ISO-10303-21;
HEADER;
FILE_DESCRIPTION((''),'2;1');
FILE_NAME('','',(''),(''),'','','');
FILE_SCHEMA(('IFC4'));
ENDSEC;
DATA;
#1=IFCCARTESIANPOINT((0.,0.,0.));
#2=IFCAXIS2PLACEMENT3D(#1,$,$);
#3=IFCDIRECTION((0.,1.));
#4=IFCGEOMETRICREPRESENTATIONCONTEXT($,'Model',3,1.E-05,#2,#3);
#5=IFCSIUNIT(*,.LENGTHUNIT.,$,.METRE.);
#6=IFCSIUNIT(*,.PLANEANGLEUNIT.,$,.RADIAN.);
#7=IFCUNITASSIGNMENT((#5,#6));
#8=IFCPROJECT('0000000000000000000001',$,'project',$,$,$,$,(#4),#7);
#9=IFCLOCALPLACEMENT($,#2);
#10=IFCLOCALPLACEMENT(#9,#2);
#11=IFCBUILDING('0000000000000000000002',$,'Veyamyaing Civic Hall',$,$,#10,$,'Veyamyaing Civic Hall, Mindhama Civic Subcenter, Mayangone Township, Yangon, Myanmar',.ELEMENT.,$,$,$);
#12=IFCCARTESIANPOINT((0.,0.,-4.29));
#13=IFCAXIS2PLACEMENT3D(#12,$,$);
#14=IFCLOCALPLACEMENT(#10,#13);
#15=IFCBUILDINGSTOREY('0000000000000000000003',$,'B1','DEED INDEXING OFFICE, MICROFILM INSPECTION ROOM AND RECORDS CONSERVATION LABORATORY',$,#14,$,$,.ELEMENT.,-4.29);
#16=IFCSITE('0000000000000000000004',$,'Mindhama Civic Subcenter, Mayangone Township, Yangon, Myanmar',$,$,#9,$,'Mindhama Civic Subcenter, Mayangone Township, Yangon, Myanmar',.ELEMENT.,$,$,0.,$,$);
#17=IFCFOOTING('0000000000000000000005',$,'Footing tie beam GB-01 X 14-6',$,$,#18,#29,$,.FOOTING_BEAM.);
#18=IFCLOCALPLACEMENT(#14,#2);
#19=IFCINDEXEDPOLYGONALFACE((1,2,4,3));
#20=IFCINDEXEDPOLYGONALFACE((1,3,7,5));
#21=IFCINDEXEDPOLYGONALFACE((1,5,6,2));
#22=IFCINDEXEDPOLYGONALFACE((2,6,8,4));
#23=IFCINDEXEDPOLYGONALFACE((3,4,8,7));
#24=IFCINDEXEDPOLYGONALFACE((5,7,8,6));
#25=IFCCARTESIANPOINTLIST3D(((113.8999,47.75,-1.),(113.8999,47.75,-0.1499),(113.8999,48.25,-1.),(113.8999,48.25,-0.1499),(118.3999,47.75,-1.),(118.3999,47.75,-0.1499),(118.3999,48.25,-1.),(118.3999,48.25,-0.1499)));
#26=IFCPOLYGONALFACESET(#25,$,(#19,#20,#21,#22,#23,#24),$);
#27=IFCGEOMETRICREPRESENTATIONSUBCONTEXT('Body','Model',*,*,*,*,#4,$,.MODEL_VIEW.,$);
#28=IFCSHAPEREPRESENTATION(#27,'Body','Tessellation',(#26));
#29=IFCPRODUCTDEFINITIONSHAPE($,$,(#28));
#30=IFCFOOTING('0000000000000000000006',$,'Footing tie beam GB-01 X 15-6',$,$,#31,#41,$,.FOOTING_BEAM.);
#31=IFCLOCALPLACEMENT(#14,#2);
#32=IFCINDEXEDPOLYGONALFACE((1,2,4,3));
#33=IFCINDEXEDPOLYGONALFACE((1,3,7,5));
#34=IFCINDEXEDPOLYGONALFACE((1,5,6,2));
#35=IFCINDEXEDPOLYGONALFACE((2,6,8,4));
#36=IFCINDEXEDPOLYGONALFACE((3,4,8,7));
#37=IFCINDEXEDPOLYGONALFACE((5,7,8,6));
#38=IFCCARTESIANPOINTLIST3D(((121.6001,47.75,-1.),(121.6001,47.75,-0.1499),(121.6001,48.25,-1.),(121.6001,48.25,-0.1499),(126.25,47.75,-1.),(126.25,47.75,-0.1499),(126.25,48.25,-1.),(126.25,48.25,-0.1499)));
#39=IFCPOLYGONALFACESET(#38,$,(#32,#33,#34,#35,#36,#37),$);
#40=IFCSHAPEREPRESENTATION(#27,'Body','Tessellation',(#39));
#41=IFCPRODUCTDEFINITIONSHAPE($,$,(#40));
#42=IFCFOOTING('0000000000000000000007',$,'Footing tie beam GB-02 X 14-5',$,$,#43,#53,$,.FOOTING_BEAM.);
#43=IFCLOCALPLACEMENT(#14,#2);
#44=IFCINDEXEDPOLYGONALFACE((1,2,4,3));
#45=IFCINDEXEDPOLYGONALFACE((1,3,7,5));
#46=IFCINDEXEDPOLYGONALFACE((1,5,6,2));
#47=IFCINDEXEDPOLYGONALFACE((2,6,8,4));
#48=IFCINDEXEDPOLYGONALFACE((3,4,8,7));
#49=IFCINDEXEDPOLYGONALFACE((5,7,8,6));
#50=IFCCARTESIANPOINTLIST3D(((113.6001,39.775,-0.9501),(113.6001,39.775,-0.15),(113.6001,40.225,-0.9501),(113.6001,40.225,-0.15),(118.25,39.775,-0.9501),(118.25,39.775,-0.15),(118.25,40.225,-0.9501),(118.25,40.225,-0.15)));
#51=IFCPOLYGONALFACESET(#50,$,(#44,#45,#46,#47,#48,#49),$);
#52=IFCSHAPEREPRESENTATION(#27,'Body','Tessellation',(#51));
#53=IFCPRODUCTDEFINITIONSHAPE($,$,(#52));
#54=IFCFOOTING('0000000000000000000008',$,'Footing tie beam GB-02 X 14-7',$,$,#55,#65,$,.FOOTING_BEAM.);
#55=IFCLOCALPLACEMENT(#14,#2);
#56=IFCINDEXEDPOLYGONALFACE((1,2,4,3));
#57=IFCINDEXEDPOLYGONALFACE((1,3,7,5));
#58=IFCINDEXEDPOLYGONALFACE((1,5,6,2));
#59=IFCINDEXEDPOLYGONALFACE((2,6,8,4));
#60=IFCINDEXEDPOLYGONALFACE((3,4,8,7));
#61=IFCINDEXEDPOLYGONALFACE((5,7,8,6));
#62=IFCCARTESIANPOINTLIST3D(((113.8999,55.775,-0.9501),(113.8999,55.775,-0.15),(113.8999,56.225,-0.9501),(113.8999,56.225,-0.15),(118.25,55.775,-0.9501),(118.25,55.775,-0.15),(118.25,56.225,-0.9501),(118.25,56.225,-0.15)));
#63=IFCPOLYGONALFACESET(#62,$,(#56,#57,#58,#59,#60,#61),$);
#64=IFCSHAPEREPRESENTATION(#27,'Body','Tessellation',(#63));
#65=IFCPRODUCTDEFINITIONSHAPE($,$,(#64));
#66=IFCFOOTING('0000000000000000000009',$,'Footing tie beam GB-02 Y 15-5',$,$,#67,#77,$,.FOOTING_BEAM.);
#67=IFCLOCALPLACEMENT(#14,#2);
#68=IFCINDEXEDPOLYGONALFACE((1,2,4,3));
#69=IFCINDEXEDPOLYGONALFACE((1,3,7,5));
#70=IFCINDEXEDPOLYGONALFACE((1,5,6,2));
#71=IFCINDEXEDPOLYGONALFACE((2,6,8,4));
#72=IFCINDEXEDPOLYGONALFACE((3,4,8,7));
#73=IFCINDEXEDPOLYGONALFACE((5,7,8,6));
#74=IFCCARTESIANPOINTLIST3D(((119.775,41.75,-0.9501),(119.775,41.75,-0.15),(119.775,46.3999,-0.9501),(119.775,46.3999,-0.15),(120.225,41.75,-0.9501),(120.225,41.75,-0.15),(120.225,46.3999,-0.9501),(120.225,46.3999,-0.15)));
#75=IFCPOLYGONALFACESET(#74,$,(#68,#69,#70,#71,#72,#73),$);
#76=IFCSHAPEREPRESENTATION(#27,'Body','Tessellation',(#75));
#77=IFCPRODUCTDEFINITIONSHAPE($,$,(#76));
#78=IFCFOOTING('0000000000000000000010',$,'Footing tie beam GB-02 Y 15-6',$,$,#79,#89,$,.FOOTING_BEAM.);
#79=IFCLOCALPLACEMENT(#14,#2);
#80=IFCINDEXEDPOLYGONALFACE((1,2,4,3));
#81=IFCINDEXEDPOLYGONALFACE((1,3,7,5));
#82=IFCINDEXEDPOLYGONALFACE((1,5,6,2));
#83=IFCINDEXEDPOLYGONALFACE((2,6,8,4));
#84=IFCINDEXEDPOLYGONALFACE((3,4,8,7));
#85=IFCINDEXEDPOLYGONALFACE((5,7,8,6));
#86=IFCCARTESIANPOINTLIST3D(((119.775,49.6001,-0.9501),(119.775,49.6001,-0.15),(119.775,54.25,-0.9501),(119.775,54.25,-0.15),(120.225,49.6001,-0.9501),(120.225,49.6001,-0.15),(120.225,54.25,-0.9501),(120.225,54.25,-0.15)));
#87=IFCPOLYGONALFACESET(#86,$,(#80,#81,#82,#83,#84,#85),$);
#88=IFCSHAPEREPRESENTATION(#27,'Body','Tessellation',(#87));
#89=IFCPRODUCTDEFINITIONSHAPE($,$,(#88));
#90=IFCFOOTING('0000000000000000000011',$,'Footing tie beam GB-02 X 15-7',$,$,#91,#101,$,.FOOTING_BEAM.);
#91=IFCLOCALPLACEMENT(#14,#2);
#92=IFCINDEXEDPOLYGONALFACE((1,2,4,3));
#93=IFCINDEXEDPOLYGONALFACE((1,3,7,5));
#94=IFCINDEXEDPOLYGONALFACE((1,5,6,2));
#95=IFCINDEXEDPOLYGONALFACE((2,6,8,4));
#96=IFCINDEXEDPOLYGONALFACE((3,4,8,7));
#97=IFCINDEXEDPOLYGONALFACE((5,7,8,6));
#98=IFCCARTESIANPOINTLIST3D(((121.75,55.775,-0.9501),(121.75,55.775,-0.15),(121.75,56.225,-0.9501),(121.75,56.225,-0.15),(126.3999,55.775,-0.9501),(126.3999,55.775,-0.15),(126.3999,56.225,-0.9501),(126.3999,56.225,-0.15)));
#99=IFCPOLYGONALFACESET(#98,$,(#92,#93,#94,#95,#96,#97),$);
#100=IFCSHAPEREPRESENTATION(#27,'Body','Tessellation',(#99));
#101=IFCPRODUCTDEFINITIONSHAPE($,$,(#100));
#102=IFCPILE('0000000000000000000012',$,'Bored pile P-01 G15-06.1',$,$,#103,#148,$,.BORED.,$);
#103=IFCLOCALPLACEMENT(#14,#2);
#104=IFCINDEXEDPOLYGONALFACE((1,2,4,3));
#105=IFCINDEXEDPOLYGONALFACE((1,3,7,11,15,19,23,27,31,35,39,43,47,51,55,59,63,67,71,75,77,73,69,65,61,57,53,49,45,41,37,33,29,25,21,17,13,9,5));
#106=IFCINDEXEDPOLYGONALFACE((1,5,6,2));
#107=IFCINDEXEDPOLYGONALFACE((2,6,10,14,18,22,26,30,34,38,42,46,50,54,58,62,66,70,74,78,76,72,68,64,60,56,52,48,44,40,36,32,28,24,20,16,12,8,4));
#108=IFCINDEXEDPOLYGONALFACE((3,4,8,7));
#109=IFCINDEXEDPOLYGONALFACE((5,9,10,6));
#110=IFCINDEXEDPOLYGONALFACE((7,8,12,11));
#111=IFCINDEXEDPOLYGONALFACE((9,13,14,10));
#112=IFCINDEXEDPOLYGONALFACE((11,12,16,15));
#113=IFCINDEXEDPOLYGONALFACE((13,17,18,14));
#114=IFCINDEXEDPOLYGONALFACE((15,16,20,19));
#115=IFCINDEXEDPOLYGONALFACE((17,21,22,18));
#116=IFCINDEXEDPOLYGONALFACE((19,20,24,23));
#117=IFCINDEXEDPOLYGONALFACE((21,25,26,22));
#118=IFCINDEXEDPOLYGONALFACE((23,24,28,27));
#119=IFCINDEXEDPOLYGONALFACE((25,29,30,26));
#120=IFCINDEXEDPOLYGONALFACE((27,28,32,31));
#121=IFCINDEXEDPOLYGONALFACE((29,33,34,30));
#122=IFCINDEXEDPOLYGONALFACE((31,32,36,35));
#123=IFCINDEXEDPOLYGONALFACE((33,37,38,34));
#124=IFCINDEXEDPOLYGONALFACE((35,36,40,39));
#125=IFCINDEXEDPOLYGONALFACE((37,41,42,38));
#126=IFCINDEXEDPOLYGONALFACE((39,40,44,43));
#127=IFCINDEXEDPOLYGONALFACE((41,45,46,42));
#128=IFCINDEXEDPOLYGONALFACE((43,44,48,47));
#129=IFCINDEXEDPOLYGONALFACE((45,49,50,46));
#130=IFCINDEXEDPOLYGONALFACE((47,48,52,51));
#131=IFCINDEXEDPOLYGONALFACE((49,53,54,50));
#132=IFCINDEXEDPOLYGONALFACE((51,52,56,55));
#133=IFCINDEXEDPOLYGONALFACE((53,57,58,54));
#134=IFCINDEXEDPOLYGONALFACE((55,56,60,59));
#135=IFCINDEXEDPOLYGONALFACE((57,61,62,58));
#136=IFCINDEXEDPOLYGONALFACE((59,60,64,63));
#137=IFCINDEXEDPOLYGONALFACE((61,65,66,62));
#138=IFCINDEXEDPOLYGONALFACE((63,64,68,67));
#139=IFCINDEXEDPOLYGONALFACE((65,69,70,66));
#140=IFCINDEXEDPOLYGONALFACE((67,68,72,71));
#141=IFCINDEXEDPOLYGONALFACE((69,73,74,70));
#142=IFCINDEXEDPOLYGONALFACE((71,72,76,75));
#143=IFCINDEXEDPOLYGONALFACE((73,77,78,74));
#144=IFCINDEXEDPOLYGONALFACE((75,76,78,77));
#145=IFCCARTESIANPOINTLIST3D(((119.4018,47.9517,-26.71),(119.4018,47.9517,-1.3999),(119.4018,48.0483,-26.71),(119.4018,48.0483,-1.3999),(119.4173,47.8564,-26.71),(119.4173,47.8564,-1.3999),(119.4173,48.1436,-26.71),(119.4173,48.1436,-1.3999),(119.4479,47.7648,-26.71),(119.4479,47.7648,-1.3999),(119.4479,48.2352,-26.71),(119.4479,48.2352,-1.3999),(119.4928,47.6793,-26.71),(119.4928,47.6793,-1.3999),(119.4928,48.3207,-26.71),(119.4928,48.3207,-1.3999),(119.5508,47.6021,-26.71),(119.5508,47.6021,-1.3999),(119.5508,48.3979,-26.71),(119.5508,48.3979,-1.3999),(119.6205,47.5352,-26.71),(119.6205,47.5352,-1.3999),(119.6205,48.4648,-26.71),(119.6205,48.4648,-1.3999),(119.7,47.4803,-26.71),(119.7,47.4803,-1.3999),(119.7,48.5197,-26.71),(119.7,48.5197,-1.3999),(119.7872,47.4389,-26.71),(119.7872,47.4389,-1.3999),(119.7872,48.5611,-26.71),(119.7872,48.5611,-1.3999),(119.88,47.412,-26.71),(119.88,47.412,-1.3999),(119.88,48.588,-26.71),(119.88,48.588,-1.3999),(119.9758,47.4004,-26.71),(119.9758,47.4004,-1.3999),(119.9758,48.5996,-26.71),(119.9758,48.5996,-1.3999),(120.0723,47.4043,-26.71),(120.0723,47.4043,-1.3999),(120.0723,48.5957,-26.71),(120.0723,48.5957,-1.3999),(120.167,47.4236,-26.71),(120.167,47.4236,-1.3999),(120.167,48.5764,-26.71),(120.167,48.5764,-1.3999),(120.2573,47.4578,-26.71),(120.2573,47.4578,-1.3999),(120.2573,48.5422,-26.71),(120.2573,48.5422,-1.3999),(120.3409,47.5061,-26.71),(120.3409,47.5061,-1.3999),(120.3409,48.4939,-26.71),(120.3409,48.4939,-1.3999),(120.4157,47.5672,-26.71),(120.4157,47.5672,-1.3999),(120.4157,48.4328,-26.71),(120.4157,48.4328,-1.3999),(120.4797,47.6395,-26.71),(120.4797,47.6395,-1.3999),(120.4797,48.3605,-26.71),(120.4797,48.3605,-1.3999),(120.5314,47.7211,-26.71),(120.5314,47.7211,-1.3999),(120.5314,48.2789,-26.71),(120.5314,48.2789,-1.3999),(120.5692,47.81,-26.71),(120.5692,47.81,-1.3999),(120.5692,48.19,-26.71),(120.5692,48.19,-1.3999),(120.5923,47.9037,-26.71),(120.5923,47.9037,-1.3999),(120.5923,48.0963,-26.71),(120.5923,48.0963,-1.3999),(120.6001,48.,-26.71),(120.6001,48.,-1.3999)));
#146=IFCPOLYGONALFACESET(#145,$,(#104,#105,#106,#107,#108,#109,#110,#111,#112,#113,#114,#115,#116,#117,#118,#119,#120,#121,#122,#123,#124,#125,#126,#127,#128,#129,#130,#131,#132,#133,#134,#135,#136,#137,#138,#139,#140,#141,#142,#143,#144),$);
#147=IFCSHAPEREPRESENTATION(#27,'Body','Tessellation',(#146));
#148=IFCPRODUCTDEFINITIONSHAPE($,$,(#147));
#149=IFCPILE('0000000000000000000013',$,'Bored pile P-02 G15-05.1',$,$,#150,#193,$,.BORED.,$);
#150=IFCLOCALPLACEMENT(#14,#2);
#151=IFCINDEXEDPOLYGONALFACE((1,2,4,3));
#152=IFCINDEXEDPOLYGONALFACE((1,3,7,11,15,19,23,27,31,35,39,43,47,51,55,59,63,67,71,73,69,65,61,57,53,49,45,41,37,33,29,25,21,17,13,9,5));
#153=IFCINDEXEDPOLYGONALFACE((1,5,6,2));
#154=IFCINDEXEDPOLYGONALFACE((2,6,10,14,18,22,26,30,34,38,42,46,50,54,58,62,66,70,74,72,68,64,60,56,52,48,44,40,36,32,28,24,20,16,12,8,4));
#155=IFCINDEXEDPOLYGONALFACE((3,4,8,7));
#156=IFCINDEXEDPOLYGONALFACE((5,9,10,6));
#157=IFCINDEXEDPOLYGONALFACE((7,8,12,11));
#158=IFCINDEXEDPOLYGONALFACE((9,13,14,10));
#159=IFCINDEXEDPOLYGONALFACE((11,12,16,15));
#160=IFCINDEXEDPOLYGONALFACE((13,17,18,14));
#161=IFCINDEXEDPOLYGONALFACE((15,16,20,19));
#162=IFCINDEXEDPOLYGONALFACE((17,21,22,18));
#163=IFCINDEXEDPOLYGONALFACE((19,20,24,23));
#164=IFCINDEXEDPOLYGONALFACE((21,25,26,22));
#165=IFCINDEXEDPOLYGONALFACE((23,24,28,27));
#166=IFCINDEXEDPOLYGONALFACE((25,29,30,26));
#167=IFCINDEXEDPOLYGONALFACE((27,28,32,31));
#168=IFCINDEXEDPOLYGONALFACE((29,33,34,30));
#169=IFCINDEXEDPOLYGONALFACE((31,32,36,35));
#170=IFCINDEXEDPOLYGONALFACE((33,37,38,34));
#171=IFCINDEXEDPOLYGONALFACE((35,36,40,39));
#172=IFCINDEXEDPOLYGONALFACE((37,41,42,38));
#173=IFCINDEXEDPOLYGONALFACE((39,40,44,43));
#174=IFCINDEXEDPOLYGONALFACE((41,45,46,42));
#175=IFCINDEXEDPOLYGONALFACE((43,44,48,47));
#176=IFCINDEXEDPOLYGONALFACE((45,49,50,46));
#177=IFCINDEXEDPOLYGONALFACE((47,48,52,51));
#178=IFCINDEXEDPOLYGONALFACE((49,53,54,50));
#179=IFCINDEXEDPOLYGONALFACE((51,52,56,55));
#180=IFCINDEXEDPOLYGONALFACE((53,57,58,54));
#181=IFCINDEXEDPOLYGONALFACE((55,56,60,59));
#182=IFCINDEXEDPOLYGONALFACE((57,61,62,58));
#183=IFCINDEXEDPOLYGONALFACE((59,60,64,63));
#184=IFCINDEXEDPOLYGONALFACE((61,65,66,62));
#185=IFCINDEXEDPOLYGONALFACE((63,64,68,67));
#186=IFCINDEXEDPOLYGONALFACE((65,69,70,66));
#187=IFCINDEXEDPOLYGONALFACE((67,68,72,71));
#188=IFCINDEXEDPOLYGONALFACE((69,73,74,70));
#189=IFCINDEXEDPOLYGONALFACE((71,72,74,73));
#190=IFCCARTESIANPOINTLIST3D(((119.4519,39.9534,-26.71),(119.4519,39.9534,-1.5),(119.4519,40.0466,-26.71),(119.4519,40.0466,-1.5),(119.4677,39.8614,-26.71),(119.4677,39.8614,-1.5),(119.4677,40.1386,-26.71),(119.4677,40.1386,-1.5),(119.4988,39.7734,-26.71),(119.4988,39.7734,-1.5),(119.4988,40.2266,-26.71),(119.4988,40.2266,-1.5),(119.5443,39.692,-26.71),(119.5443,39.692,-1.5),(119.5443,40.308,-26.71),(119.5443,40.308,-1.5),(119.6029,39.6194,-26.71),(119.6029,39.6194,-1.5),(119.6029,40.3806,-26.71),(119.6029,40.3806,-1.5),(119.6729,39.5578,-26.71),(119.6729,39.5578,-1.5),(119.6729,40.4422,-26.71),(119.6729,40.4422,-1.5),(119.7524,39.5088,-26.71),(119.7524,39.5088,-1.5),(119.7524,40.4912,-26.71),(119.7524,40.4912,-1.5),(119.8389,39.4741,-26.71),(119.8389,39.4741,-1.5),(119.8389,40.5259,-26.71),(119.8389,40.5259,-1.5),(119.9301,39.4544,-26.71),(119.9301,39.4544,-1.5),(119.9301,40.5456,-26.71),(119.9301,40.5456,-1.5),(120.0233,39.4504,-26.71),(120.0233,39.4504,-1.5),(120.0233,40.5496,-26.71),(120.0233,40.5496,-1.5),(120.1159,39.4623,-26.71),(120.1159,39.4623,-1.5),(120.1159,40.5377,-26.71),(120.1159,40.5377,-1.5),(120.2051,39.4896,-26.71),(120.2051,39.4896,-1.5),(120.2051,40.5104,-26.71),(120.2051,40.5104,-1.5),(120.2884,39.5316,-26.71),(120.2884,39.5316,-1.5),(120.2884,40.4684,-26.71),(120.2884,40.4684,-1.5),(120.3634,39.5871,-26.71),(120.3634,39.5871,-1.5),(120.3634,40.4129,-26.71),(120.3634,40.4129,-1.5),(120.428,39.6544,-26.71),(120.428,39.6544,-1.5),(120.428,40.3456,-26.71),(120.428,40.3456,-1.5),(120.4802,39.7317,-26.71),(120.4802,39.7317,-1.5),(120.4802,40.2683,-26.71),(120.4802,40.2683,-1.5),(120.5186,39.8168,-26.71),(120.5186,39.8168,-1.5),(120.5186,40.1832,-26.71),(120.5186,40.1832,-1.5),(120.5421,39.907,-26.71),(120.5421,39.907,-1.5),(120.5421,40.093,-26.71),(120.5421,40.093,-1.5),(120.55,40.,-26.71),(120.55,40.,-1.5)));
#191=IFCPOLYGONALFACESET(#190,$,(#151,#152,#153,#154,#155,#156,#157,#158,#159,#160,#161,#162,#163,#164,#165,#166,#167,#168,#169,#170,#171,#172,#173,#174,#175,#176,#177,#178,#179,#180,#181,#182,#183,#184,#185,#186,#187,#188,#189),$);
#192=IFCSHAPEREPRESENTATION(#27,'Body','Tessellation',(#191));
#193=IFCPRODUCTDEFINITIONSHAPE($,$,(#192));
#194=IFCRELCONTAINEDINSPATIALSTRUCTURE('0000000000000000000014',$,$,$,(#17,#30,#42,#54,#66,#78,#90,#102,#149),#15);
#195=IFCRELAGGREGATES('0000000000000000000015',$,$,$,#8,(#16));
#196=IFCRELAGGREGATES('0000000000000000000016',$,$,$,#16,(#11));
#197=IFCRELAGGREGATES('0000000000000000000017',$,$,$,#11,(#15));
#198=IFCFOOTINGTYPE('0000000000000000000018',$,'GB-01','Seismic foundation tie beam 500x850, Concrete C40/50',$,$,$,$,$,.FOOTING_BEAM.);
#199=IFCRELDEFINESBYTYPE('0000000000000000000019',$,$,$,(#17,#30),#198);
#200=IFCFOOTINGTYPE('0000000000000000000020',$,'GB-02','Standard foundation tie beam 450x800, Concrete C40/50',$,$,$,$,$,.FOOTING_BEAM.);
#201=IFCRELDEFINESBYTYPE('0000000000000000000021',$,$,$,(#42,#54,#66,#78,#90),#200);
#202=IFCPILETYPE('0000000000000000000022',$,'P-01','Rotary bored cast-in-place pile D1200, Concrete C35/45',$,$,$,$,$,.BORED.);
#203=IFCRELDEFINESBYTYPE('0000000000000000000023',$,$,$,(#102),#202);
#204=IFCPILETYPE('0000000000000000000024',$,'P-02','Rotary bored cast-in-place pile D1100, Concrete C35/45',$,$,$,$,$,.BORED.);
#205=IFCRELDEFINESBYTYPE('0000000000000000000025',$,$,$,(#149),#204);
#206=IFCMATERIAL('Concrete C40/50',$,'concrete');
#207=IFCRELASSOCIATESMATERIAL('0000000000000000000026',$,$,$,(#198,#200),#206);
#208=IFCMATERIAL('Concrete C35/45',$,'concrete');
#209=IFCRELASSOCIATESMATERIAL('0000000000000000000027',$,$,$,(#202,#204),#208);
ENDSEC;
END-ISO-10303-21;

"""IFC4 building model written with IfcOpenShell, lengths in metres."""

from ifc_helpers import new_model, si_unit, direction, frame, origin, origin_2d, place, context, subcontext, project, spatial, rectangle, circle, extrude, material, material_profile, profile_set, type_object, element, save


model = new_model("IFC4")

# Units and contexts
model_context = context("Model", 3, precision=1e-05, world=origin(), true_north=direction((0.0, 1.0)))
body_context = subcontext(model_context, "Body", "Model", "MODEL_VIEW")
ifc_project = project(units=[si_unit("LENGTHUNIT", "METRE"), si_unit("PLANEANGLEUNIT", "RADIAN")], contexts=[model_context])

# Site, building, storey
site_placement = place(None, origin())
site = spatial("IfcSite", under=ifc_project, at=site_placement, Name="Mindhama Civic Subcenter, Mayangone Township, Yangon, Myanmar", LongName="Mindhama Civic Subcenter, Mayangone Township, Yangon, Myanmar", CompositionType="ELEMENT", RefElevation=0.0)
building_placement = place(site_placement, origin())
building = spatial("IfcBuilding", under=site, at=building_placement, Name="Veyamyaing Civic Hall", LongName="Veyamyaing Civic Hall, Mindhama Civic Subcenter, Mayangone Township, Yangon, Myanmar", CompositionType="ELEMENT")
storey_placement = place(building_placement, frame((0.0, 0.0, -4.29)))
storey = spatial("IfcBuildingStorey", under=building, at=storey_placement, Name="B1", Description="DEED INDEXING OFFICE, MICROFILM INSPECTION ROOM AND RECORDS CONSERVATION LABORATORY", CompositionType="ELEMENT", Elevation=-4.29)

# Footings
ifc_material_1 = material(Name="Concrete C40/50", Category="concrete")
ifc_material_profile_1 = material_profile(ifc_material_1, rectangle(XDim=0.5, YDim=0.8501, at=origin_2d()), Name="GB-500X850")
ifc_profile_set_1 = profile_set([ifc_material_profile_1], Name="Concrete C40/50")
footing_type_1 = type_object("IfcFootingType", Name="GB-01", Description="Seismic foundation tie beam 500x850, Concrete C40/50", PredefinedType="FOOTING_BEAM", material=ifc_profile_set_1)
footing_1_placement = place(storey_placement, frame((113.8999, 48.0, -0.575), z_axis=(1.0, 0.0, 0.0), x_axis=(0.0, 1.0, 0.0)))
element("IfcFooting", 1, at=footing_1_placement, inside=storey, type_object=footing_type_1, Name="Footing tie beam GB-01 X 14-6", PredefinedType="FOOTING_BEAM", context=body_context, shape_type="SweptSolid", body=[
    extrude(rectangle(XDim=0.5, YDim=0.8501, at=origin_2d()), origin(), (0.0, 0.0, 1.0), 4.5),
])
footing_2_placement = place(storey_placement, frame((121.6001, 48.0, -0.575), z_axis=(1.0, 0.0, 0.0), x_axis=(0.0, 1.0, 0.0)))
element("IfcFooting", 2, at=footing_2_placement, inside=storey, type_object=footing_type_1, Name="Footing tie beam GB-01 X 15-6", PredefinedType="FOOTING_BEAM", context=body_context, shape_type="SweptSolid", body=[
    extrude(rectangle(XDim=0.5, YDim=0.8501, at=origin_2d()), origin(), (0.0, 0.0, 1.0), 4.6499),
])
ifc_material_profile_2 = material_profile(ifc_material_1, rectangle(XDim=0.45, YDim=0.8, at=origin_2d()), Name="GB-450X800")
ifc_profile_set_2 = profile_set([ifc_material_profile_2], Name="Concrete C40/50")
footing_type_2 = type_object("IfcFootingType", Name="GB-02", Description="Standard foundation tie beam 450x800, Concrete C40/50", PredefinedType="FOOTING_BEAM", material=ifc_profile_set_2)
footing_3_placement = place(storey_placement, frame((113.6001, 40.0, -0.55), z_axis=(1.0, 0.0, 0.0), x_axis=(0.0, 1.0, 0.0)))
element("IfcFooting", 3, at=footing_3_placement, inside=storey, type_object=footing_type_2, Name="Footing tie beam GB-02 X 14-5", PredefinedType="FOOTING_BEAM", context=body_context, shape_type="SweptSolid", body=[
    extrude(rectangle(XDim=0.45, YDim=0.8, at=origin_2d()), origin(), (0.0, 0.0, 1.0), 4.6499),
])
footing_4_placement = place(storey_placement, frame((113.8999, 56.0, -0.55), z_axis=(1.0, 0.0, 0.0), x_axis=(0.0, 1.0, 0.0)))
element("IfcFooting", 4, at=footing_4_placement, inside=storey, type_object=footing_type_2, Name="Footing tie beam GB-02 X 14-7", PredefinedType="FOOTING_BEAM", context=body_context, shape_type="SweptSolid", body=[
    extrude(rectangle(XDim=0.45, YDim=0.8, at=origin_2d()), origin(), (0.0, 0.0, 1.0), 4.3501),
])
for number, where, z_axis, x_axis, name in (
    (5, (120.0, 41.75, -0.55), (0.0, 1.0, 0.0), (-1.0, 0.0, 0.0), "Footing tie beam GB-02 Y 15-5"),
    (6, (120.0, 49.6001, -0.55), (0.0, 1.0, 0.0), (-1.0, 0.0, 0.0), "Footing tie beam GB-02 Y 15-6"),
    (7, (121.75, 56.0, -0.55), (1.0, 0.0, 0.0), (0.0, 1.0, 0.0), "Footing tie beam GB-02 X 15-7"),
):
    element("IfcFooting", number, at=place(storey_placement, frame(where, z_axis=z_axis, x_axis=x_axis)), inside=storey, type_object=footing_type_2, Name=name, PredefinedType="FOOTING_BEAM", context=body_context, shape_type="SweptSolid", body=[
        extrude(rectangle(XDim=0.45, YDim=0.8, at=origin_2d()), origin(), (0.0, 0.0, 1.0), 4.6499),
    ])

# Piles
ifc_material_2 = material(Name="Concrete C35/45", Category="concrete")
ifc_material_profile_3 = material_profile(ifc_material_2, circle(Radius=0.6001, at=origin_2d()), Name="PILE-D1200")
ifc_profile_set_3 = profile_set([ifc_material_profile_3], Name="Concrete C35/45")
pile_type_1 = type_object("IfcPileType", Name="P-01", Description="Rotary bored cast-in-place pile D1200, Concrete C35/45", PredefinedType="BORED", material=ifc_profile_set_3)
pile_placement = place(storey_placement, frame((120.0, 48.0, -1.3999), z_axis=(0.0, 0.0, -1.0), x_axis=(1.0, 0.0, 0.0)))
element("IfcPile", 8, at=pile_placement, inside=storey, type_object=pile_type_1, Name="Bored pile P-01 G15-06.1", PredefinedType="BORED", context=body_context, shape_type="SweptSolid", body=[
    extrude(circle(Radius=0.6001, at=origin_2d()), origin(), (0.0, 0.0, 1.0), 25.3101),
])
ifc_material_profile_4 = material_profile(ifc_material_2, circle(Radius=0.55, at=origin_2d()), Name="PILE-D1100")
ifc_profile_set_4 = profile_set([ifc_material_profile_4], Name="Concrete C35/45")
pile_type_2 = type_object("IfcPileType", Name="P-02", Description="Rotary bored cast-in-place pile D1100, Concrete C35/45", PredefinedType="BORED", material=ifc_profile_set_4)
for number, where, z_axis, x_axis, name in (
    (9, (120.0, 40.0, -1.5), (0.0, 0.0, -1.0), (1.0, 0.0, 0.0), "Bored pile P-02 G15-05.1"),
):
    element("IfcPile", number, at=place(storey_placement, frame(where, z_axis=z_axis, x_axis=x_axis)), inside=storey, type_object=pile_type_2, Name=name, PredefinedType="BORED", context=body_context, shape_type="SweptSolid", body=[
        extrude(circle(Radius=0.55, at=origin_2d()), origin(), (0.0, 0.0, 1.0), 25.21),
    ])

save(model, "model.ifc")
